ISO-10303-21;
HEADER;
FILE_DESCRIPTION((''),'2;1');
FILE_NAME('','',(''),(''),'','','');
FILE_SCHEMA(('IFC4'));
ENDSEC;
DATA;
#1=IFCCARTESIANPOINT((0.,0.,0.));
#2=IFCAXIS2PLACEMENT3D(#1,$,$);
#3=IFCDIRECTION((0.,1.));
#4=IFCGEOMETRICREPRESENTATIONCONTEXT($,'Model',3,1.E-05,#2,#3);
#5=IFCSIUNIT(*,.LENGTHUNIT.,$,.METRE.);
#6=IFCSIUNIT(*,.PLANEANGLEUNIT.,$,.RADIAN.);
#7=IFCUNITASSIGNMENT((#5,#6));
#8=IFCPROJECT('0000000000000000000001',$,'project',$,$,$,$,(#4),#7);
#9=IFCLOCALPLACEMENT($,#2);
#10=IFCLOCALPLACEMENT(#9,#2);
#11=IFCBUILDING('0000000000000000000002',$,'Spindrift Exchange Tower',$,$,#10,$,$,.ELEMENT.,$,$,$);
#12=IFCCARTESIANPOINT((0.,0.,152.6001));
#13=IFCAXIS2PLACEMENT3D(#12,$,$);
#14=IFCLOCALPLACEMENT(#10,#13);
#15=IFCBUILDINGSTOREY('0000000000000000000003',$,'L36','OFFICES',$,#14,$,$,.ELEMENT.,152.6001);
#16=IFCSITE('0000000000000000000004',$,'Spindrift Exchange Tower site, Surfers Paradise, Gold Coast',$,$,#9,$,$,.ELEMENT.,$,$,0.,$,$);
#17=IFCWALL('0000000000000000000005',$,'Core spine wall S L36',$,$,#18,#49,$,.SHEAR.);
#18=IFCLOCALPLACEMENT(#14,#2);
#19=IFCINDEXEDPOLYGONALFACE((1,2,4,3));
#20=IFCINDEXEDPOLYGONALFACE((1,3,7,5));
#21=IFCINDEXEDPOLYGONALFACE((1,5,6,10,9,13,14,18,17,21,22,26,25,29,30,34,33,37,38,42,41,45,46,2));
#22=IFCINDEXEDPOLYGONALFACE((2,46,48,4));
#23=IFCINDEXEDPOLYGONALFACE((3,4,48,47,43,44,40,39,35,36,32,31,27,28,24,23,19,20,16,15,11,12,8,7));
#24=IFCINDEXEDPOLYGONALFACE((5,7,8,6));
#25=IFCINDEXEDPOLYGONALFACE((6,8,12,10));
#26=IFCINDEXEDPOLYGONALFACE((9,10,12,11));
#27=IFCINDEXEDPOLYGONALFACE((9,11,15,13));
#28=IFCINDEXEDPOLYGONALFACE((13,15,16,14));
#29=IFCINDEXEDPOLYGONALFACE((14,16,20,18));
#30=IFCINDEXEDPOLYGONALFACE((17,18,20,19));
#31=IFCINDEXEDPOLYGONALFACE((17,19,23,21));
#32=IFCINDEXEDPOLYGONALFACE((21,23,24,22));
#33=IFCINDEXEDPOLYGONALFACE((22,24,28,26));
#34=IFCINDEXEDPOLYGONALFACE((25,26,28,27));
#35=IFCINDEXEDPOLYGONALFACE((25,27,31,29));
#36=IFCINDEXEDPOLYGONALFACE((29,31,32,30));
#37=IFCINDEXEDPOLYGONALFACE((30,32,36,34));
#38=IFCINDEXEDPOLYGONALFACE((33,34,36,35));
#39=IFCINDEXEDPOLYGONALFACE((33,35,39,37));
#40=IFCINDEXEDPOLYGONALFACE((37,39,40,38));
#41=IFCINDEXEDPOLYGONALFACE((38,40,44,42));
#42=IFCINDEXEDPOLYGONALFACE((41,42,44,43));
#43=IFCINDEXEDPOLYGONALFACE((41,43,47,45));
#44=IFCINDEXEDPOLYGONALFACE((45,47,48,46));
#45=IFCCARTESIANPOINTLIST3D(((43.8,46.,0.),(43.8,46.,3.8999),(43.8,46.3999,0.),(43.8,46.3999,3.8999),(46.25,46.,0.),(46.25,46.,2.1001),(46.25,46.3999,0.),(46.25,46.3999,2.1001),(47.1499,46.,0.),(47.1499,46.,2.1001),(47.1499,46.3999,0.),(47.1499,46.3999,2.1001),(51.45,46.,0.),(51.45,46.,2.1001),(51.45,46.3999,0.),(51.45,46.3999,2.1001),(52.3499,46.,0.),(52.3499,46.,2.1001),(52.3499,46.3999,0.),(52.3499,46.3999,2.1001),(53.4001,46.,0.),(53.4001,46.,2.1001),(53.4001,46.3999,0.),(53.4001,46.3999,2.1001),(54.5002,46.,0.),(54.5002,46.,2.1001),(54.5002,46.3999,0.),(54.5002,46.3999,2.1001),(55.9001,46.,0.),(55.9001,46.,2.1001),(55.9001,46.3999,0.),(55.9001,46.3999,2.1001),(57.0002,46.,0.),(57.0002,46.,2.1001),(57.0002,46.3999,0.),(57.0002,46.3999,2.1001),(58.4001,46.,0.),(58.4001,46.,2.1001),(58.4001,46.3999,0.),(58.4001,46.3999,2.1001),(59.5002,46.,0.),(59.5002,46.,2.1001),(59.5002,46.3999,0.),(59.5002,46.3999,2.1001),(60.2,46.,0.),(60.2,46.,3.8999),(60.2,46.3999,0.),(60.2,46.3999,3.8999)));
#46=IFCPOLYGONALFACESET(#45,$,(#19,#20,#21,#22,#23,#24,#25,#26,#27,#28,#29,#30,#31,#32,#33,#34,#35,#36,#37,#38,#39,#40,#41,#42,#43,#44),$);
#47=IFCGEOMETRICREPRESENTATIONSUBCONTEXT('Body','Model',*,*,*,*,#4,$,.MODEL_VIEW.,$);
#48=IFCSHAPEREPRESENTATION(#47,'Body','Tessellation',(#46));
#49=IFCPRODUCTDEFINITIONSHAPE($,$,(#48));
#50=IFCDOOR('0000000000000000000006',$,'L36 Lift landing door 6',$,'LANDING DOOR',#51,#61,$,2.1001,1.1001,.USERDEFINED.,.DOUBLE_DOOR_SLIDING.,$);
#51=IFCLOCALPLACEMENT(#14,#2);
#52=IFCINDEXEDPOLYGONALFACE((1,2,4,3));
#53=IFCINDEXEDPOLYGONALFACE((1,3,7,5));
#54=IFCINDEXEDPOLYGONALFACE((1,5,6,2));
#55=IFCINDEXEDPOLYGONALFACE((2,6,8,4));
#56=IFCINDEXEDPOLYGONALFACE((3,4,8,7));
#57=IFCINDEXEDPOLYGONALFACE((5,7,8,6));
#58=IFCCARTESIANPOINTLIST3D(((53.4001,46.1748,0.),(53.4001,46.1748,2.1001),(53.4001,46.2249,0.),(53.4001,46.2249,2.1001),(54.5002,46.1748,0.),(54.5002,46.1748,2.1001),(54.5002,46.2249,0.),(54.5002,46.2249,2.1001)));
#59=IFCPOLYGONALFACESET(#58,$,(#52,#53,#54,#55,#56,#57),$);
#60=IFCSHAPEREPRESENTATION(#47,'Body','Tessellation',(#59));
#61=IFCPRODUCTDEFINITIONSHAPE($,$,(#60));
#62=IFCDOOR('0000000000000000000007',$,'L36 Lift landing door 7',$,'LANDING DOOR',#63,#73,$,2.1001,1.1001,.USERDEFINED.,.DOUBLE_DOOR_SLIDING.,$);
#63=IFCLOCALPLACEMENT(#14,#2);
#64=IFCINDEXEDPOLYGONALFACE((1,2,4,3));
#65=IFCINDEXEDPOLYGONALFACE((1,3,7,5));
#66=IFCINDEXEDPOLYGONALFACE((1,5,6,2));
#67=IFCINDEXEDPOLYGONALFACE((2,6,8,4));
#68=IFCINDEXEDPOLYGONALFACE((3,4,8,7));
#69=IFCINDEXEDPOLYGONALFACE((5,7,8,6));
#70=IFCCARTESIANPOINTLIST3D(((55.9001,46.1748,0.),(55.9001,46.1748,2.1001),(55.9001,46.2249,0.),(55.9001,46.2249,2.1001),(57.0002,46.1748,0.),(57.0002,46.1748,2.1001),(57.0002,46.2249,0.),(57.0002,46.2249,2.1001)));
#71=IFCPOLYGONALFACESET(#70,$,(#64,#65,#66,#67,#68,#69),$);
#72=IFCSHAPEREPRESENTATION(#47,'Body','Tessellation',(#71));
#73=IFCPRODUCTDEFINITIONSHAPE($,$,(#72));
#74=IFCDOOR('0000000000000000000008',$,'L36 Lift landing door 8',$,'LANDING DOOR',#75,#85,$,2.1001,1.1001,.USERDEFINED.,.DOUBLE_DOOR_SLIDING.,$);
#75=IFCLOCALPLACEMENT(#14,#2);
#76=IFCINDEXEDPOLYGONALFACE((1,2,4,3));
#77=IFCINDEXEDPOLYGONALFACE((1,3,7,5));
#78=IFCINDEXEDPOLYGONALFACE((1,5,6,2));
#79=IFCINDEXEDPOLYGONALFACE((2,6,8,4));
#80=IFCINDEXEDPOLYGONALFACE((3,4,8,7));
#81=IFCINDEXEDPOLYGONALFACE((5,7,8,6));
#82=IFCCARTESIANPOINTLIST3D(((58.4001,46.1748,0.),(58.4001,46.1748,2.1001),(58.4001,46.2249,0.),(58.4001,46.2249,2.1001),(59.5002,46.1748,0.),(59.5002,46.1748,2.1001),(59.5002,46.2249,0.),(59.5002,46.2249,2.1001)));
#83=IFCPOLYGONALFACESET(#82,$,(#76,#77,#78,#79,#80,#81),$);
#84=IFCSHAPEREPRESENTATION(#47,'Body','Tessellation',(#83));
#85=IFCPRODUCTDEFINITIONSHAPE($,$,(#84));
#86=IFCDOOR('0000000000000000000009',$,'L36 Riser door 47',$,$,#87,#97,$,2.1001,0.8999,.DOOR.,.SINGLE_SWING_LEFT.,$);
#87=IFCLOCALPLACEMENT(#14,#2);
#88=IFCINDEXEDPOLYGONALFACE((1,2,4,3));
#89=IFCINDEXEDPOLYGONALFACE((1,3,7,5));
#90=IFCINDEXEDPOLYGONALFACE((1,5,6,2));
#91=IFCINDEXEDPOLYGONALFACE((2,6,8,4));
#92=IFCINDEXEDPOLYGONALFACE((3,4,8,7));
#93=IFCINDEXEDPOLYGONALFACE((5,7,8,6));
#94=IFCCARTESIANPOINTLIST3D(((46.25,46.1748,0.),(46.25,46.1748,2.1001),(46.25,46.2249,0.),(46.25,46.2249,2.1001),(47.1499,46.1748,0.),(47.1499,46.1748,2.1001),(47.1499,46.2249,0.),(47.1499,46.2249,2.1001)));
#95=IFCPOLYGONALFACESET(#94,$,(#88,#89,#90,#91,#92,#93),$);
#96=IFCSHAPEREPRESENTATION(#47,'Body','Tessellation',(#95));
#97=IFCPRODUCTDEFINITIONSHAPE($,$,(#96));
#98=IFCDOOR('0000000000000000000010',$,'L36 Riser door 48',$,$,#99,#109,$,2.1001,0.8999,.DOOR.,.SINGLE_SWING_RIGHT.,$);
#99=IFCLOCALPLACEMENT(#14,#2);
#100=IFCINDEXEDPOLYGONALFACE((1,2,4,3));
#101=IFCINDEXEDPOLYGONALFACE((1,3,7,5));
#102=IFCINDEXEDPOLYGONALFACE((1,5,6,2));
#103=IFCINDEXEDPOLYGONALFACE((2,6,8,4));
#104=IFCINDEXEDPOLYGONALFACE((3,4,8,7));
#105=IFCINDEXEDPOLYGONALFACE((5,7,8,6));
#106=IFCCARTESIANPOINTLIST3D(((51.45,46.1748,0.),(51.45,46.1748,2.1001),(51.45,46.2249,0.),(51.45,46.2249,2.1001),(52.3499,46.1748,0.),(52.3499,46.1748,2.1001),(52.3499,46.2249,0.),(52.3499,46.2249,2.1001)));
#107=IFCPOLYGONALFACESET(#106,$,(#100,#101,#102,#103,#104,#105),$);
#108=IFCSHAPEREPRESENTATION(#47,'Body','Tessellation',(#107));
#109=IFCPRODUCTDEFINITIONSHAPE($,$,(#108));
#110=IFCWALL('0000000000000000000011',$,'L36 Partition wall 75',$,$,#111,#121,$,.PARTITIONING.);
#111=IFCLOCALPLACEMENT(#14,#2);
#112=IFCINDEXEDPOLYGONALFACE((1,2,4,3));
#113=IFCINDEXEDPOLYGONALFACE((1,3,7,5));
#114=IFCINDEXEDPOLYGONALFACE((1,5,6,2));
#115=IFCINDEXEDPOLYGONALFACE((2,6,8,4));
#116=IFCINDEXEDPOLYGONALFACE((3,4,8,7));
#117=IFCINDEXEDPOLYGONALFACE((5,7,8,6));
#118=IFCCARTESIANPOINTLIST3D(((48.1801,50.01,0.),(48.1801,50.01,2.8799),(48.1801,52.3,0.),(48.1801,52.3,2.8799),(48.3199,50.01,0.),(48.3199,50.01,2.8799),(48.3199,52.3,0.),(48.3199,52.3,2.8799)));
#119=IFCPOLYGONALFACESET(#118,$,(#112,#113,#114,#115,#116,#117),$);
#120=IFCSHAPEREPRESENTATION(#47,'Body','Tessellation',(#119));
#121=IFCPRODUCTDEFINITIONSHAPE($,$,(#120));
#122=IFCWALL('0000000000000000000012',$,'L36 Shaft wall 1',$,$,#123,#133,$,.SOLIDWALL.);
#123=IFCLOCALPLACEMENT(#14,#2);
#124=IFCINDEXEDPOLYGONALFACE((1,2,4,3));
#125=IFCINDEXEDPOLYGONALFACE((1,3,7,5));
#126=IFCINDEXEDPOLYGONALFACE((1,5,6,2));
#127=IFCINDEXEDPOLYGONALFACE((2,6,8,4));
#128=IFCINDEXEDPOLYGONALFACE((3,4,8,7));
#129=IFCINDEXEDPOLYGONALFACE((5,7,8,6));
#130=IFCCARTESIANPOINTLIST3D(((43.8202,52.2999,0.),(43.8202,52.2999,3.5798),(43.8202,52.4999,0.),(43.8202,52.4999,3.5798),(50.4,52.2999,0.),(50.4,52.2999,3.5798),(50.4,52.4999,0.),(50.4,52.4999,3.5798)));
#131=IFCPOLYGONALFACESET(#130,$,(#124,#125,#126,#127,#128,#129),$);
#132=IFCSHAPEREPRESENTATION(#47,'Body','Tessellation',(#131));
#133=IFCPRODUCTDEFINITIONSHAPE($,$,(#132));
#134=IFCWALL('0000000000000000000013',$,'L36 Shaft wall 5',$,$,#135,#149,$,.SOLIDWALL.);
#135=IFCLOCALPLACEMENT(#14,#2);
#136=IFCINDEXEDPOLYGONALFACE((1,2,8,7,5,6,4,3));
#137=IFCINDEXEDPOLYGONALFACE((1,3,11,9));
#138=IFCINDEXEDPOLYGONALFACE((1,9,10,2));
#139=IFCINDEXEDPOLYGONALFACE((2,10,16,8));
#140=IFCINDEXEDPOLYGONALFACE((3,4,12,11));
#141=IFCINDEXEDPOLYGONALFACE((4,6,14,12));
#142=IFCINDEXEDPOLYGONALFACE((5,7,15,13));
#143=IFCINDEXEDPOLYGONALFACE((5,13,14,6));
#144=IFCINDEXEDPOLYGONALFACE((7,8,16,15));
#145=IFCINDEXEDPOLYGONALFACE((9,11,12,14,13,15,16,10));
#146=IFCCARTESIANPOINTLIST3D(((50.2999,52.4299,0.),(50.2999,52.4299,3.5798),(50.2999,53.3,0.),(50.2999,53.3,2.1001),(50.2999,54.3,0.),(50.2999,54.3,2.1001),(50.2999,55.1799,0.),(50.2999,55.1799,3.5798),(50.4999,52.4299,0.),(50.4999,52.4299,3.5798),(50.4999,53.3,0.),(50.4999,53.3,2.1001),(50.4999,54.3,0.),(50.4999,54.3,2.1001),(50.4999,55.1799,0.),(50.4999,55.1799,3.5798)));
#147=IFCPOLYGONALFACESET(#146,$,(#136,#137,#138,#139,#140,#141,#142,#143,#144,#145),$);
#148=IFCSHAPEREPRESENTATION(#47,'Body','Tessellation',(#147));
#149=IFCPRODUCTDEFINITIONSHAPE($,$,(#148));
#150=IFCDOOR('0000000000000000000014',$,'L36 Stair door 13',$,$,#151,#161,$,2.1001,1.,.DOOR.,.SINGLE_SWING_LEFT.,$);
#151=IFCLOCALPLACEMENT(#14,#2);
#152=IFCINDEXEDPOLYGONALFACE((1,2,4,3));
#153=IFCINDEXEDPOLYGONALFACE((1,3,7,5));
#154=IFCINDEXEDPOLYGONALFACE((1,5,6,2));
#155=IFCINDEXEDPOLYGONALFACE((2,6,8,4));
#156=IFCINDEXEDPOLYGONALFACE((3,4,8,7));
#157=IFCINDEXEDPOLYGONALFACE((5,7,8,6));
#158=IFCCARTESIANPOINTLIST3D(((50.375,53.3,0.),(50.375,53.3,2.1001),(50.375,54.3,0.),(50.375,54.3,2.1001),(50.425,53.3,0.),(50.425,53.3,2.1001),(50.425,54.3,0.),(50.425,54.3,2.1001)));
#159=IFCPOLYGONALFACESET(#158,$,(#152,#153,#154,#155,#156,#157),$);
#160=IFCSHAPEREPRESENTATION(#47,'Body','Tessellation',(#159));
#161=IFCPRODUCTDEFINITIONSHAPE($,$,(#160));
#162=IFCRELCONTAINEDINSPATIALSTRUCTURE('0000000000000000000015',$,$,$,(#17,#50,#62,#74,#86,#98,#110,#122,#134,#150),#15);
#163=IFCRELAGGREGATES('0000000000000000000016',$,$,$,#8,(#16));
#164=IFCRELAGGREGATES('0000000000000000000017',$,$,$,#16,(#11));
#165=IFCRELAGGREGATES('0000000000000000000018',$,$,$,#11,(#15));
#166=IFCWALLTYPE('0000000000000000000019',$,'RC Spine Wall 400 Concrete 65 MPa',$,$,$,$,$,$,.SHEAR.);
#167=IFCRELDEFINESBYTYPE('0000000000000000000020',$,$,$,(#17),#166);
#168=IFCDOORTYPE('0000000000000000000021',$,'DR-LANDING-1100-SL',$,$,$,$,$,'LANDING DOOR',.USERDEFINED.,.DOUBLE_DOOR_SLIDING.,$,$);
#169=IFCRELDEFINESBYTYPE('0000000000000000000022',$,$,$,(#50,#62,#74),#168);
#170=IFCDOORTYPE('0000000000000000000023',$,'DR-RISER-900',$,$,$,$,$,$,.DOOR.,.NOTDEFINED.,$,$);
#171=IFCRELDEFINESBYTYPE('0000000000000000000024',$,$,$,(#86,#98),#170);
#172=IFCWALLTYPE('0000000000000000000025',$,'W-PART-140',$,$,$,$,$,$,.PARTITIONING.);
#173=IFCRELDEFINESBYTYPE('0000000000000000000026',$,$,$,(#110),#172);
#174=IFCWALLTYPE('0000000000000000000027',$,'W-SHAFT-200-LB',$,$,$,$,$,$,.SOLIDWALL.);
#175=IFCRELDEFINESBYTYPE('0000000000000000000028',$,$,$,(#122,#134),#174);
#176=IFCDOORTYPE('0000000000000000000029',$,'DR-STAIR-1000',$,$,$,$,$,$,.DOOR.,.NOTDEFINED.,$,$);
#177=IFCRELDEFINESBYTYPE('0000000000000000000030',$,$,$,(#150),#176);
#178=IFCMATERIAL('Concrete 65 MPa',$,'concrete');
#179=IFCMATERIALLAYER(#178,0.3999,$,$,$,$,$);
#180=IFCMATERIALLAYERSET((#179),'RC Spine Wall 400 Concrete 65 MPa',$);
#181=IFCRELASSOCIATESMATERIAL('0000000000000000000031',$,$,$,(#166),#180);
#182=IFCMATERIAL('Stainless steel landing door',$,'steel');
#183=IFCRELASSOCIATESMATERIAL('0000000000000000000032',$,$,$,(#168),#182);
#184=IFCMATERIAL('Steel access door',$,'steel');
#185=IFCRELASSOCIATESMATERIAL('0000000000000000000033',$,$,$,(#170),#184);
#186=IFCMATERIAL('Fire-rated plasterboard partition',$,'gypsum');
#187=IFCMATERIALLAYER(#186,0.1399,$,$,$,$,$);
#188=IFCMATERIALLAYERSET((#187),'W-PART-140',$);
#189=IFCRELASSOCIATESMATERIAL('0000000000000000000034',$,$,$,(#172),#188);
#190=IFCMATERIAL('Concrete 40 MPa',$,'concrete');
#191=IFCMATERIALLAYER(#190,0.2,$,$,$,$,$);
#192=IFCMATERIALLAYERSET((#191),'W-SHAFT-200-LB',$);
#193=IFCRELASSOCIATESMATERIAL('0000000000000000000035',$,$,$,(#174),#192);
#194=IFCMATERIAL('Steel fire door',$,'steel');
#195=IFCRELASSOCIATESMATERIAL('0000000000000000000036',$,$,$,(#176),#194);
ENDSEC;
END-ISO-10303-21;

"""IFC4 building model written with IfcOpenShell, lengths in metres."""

from ifc_helpers import new_model, si_unit, direction, frame, frame_2d, origin, place, context, subcontext, project, spatial, rectangle, extrude, source, transform, mapped, material, layer, layer_set, type_object, element, fill, save


model = new_model("IFC4")

# Units and contexts
model_context = context("Model", 3, precision=1e-05, world=origin(), true_north=direction((0.0, 1.0)))
body_context = subcontext(model_context, "Body", "Model", "MODEL_VIEW")
ifc_project = project(units=[si_unit("LENGTHUNIT", "METRE"), si_unit("PLANEANGLEUNIT", "RADIAN")], contexts=[model_context])

# Site, building, storey
site_placement = place(None, origin())
site = spatial("IfcSite", under=ifc_project, at=site_placement, Name="Spindrift Exchange Tower site, Surfers Paradise, Gold Coast", CompositionType="ELEMENT", RefElevation=0.0)
building_placement = place(site_placement, origin())
building = spatial("IfcBuilding", under=site, at=building_placement, Name="Spindrift Exchange Tower", CompositionType="ELEMENT")
storey_placement = place(building_placement, frame((0.0, 0.0, 152.6001)))
storey = spatial("IfcBuildingStorey", under=building, at=storey_placement, Name="L36", Description="OFFICES", CompositionType="ELEMENT", Elevation=152.6001)

# Wall, openings, doors
ifc_material_1 = material(Name="Concrete 65 MPa", Category="concrete")
ifc_layer_1 = layer(ifc_material_1, 0.3999)
ifc_layer_set_1 = layer_set([ifc_layer_1], Name="RC Spine Wall 400 Concrete 65 MPa")
wall_type_1 = type_object("IfcWallType", Name="RC Spine Wall 400 Concrete 65 MPa", PredefinedType="SHEAR", material=ifc_layer_set_1)
ifc_material_2 = material(Name="Stainless steel landing door", Category="steel")
door_type_1 = type_object("IfcDoorType", Name="DR-LANDING-1100-SL", ElementType="LANDING DOOR", OperationType="DOUBLE_DOOR_SLIDING", PredefinedType="USERDEFINED", material=ifc_material_2)
shared_shape_1 = source(origin(), body_context, "Body", "SweptSolid", [
    extrude(rectangle(XDim=1.1001, YDim=2.1001, at=frame_2d((0.55, 1.05))), frame((0.0, 0.0249, 0.0), z_axis=(0.0, -1.0, 0.0), x_axis=(1.0, 0.0, 0.0)), (0.0, 0.0, 1.0), 0.05),
])
ifc_material_3 = material(Name="Steel access door", Category="steel")
door_type_2 = type_object("IfcDoorType", Name="DR-RISER-900", OperationType="NOTDEFINED", PredefinedType="DOOR", material=ifc_material_3)
shared_shape_2 = source(origin(), body_context, "Body", "SweptSolid", [
    extrude(rectangle(XDim=0.8999, YDim=2.1001, at=frame_2d((0.45, 1.05))), frame((0.0, 0.0249, 0.0), z_axis=(0.0, -1.0, 0.0), x_axis=(1.0, 0.0, 0.0)), (0.0, 0.0, 1.0), 0.05),
])
wall_1_placement = place(storey_placement, frame((43.8, 46.2, 0.0), z_axis=(0.0, 0.0, 1.0), x_axis=(1.0, 0.0, 0.0)))
wall_1 = element("IfcWall", 1, at=wall_1_placement, inside=storey, type_object=wall_type_1, Name="Core spine wall S L36", PredefinedType="SHEAR", context=body_context, shape_type="SweptSolid", body=[
    extrude(rectangle(XDim=16.3999, YDim=0.3999, at=frame_2d((8.2, 0.0))), origin(), (0.0, 0.0, 1.0), 3.8999),
])
opening_1_placement = place(wall_1_placement, frame((9.6001, 0.0, 0.0)))
opening_1 = element("IfcOpeningElement", 2, at=opening_1_placement, cuts=wall_1, PredefinedType="OPENING", context=body_context, shape_type="SweptSolid", body=[
    extrude(rectangle(XDim=1.1001, YDim=2.1001, at=frame_2d((0.55, 1.05))), frame((0.0, 0.21, 0.0), z_axis=(0.0, -1.0, 0.0), x_axis=(1.0, 0.0, 0.0)), (0.0, 0.0, 1.0), 0.4199),
])
opening_2_placement = place(wall_1_placement, frame((12.1001, 0.0, 0.0)))
opening_2 = element("IfcOpeningElement", 3, at=opening_2_placement, cuts=wall_1, PredefinedType="OPENING", context=body_context, shape_type="SweptSolid", body=[
    extrude(rectangle(XDim=1.1001, YDim=2.1001, at=frame_2d((0.55, 1.05))), frame((0.0, 0.21, 0.0), z_axis=(0.0, -1.0, 0.0), x_axis=(1.0, 0.0, 0.0)), (0.0, 0.0, 1.0), 0.4199),
])
opening_3_placement = place(wall_1_placement, frame((14.6001, 0.0, 0.0)))
opening_3 = element("IfcOpeningElement", 4, at=opening_3_placement, cuts=wall_1, PredefinedType="OPENING", context=body_context, shape_type="SweptSolid", body=[
    extrude(rectangle(XDim=1.1001, YDim=2.1001, at=frame_2d((0.55, 1.05))), frame((0.0, 0.21, 0.0), z_axis=(0.0, -1.0, 0.0), x_axis=(1.0, 0.0, 0.0)), (0.0, 0.0, 1.0), 0.4199),
])
opening_4_placement = place(wall_1_placement, frame((2.45, 0.0, 0.0)))
opening_4 = element("IfcOpeningElement", 5, at=opening_4_placement, cuts=wall_1, PredefinedType="OPENING", context=body_context, shape_type="SweptSolid", body=[
    extrude(rectangle(XDim=0.8999, YDim=2.1001, at=frame_2d((0.45, 1.05))), frame((0.0, 0.21, 0.0), z_axis=(0.0, -1.0, 0.0), x_axis=(1.0, 0.0, 0.0)), (0.0, 0.0, 1.0), 0.4199),
])
opening_5_placement = place(wall_1_placement, frame((7.6499, 0.0, 0.0)))
opening_5 = element("IfcOpeningElement", 6, at=opening_5_placement, cuts=wall_1, PredefinedType="OPENING", context=body_context, shape_type="SweptSolid", body=[
    extrude(rectangle(XDim=0.8999, YDim=2.1001, at=frame_2d((0.45, 1.05))), frame((0.0, 0.21, 0.0), z_axis=(0.0, -1.0, 0.0), x_axis=(1.0, 0.0, 0.0)), (0.0, 0.0, 1.0), 0.4199),
])
door_1_placement = place(opening_1_placement, origin())
door_1 = element("IfcDoor", 7, at=door_1_placement, inside=storey, type_object=door_type_1, Name="L36 Lift landing door 6", ObjectType="LANDING DOOR", OperationType="DOUBLE_DOOR_SLIDING", OverallHeight=2.1001, OverallWidth=1.1001, PredefinedType="USERDEFINED", context=body_context, shape_type="MappedRepresentation", body=[
    mapped(shared_shape_1, transform((0.0, 0.0, 0.0), scale=1.0)),
])
fill(opening_1, door_1)
door_2_placement = place(opening_2_placement, origin())
door_2 = element("IfcDoor", 8, at=door_2_placement, inside=storey, type_object=door_type_1, Name="L36 Lift landing door 7", ObjectType="LANDING DOOR", OperationType="DOUBLE_DOOR_SLIDING", OverallHeight=2.1001, OverallWidth=1.1001, PredefinedType="USERDEFINED", context=body_context, shape_type="MappedRepresentation", body=[
    mapped(shared_shape_1, transform((0.0, 0.0, 0.0), scale=1.0)),
])
fill(opening_2, door_2)
door_3_placement = place(opening_3_placement, origin())
door_3 = element("IfcDoor", 9, at=door_3_placement, inside=storey, type_object=door_type_1, Name="L36 Lift landing door 8", ObjectType="LANDING DOOR", OperationType="DOUBLE_DOOR_SLIDING", OverallHeight=2.1001, OverallWidth=1.1001, PredefinedType="USERDEFINED", context=body_context, shape_type="MappedRepresentation", body=[
    mapped(shared_shape_1, transform((0.0, 0.0, 0.0), scale=1.0)),
])
fill(opening_3, door_3)
door_4_placement = place(opening_4_placement, origin())
door_4 = element("IfcDoor", 10, at=door_4_placement, inside=storey, type_object=door_type_2, Name="L36 Riser door 47", OperationType="SINGLE_SWING_LEFT", OverallHeight=2.1001, OverallWidth=0.8999, PredefinedType="DOOR", context=body_context, shape_type="MappedRepresentation", body=[
    mapped(shared_shape_2, transform((0.0, 0.0, 0.0), scale=1.0)),
])
fill(opening_4, door_4)
door_5_placement = place(opening_5_placement, origin())
door_5 = element("IfcDoor", 11, at=door_5_placement, inside=storey, type_object=door_type_2, Name="L36 Riser door 48", OperationType="SINGLE_SWING_RIGHT", OverallHeight=2.1001, OverallWidth=0.8999, PredefinedType="DOOR", context=body_context, shape_type="MappedRepresentation", body=[
    mapped(shared_shape_2, transform((0.0, 0.0, 0.0), scale=1.0)),
])
fill(opening_5, door_5)

# Walls
ifc_material_4 = material(Name="Fire-rated plasterboard partition", Category="gypsum")
ifc_layer_2 = layer(ifc_material_4, 0.1399)
ifc_layer_set_2 = layer_set([ifc_layer_2], Name="W-PART-140")
wall_type_2 = type_object("IfcWallType", Name="W-PART-140", PredefinedType="PARTITIONING", material=ifc_layer_set_2)
wall_2_placement = place(storey_placement, frame((48.25, 50.01, 0.0), z_axis=(0.0, 0.0, 1.0), x_axis=(0.0, 1.0, 0.0)))
element("IfcWall", 12, at=wall_2_placement, inside=storey, type_object=wall_type_2, Name="L36 Partition wall 75", PredefinedType="PARTITIONING", context=body_context, shape_type="SweptSolid", body=[
    extrude(rectangle(XDim=2.29, YDim=0.1399, at=frame_2d((1.145, 0.0))), origin(), (0.0, 0.0, 1.0), 2.8799),
])
ifc_material_5 = material(Name="Concrete 40 MPa", Category="concrete")
ifc_layer_3 = layer(ifc_material_5, 0.2)
ifc_layer_set_3 = layer_set([ifc_layer_3], Name="W-SHAFT-200-LB")
wall_type_3 = type_object("IfcWallType", Name="W-SHAFT-200-LB", PredefinedType="SOLIDWALL", material=ifc_layer_set_3)
wall_3_placement = place(storey_placement, frame((43.8201, 52.3999, 0.0), z_axis=(0.0, 0.0, 1.0), x_axis=(1.0, 0.0, 0.0)))
element("IfcWall", 13, at=wall_3_placement, inside=storey, type_object=wall_type_3, Name="L36 Shaft wall 1", PredefinedType="SOLIDWALL", context=body_context, shape_type="SweptSolid", body=[
    extrude(rectangle(XDim=6.5798, YDim=0.2, at=frame_2d((3.29, 0.0))), origin(), (0.0, 0.0, 1.0), 3.5798),
])

# Wall, opening, door
wall_4_placement = place(storey_placement, frame((50.3999, 52.4299, 0.0), z_axis=(0.0, 0.0, 1.0), x_axis=(0.0, 1.0, 0.0)))
wall_4 = element("IfcWall", 14, at=wall_4_placement, inside=storey, type_object=wall_type_3, Name="L36 Shaft wall 5", PredefinedType="SOLIDWALL", context=body_context, shape_type="SweptSolid", body=[
    extrude(rectangle(XDim=2.75, YDim=0.2, at=frame_2d((1.375, 0.0))), origin(), (0.0, 0.0, 1.0), 3.5798),
])
opening_6_placement = place(wall_4_placement, frame((0.8701, 0.0, 0.0)))
opening_6 = element("IfcOpeningElement", 15, at=opening_6_placement, cuts=wall_4, PredefinedType="OPENING", context=body_context, shape_type="SweptSolid", body=[
    extrude(rectangle(XDim=1.0, YDim=2.1001, at=frame_2d((0.5, 1.05))), frame((0.0, 0.1099, 0.0), z_axis=(0.0, -1.0, 0.0), x_axis=(1.0, 0.0, 0.0)), (0.0, 0.0, 1.0), 0.22),
])
ifc_material_6 = material(Name="Steel fire door", Category="steel")
door_type_3 = type_object("IfcDoorType", Name="DR-STAIR-1000", OperationType="NOTDEFINED", PredefinedType="DOOR", material=ifc_material_6)
shared_shape_3 = source(origin(), body_context, "Body", "SweptSolid", [
    extrude(rectangle(XDim=1.0, YDim=2.1001, at=frame_2d((0.5, 1.05))), frame((0.0, 0.0249, 0.0), z_axis=(0.0, -1.0, 0.0), x_axis=(1.0, 0.0, 0.0)), (0.0, 0.0, 1.0), 0.05),
])
door_6_placement = place(opening_6_placement, origin())
door_6 = element("IfcDoor", 16, at=door_6_placement, inside=storey, type_object=door_type_3, Name="L36 Stair door 13", OperationType="SINGLE_SWING_LEFT", OverallHeight=2.1001, OverallWidth=1.0, PredefinedType="DOOR", context=body_context, shape_type="MappedRepresentation", body=[
    mapped(shared_shape_3, transform((0.0, 0.0, 0.0), scale=1.0)),
])
fill(opening_6, door_6)

save(model, "model.ifc")
